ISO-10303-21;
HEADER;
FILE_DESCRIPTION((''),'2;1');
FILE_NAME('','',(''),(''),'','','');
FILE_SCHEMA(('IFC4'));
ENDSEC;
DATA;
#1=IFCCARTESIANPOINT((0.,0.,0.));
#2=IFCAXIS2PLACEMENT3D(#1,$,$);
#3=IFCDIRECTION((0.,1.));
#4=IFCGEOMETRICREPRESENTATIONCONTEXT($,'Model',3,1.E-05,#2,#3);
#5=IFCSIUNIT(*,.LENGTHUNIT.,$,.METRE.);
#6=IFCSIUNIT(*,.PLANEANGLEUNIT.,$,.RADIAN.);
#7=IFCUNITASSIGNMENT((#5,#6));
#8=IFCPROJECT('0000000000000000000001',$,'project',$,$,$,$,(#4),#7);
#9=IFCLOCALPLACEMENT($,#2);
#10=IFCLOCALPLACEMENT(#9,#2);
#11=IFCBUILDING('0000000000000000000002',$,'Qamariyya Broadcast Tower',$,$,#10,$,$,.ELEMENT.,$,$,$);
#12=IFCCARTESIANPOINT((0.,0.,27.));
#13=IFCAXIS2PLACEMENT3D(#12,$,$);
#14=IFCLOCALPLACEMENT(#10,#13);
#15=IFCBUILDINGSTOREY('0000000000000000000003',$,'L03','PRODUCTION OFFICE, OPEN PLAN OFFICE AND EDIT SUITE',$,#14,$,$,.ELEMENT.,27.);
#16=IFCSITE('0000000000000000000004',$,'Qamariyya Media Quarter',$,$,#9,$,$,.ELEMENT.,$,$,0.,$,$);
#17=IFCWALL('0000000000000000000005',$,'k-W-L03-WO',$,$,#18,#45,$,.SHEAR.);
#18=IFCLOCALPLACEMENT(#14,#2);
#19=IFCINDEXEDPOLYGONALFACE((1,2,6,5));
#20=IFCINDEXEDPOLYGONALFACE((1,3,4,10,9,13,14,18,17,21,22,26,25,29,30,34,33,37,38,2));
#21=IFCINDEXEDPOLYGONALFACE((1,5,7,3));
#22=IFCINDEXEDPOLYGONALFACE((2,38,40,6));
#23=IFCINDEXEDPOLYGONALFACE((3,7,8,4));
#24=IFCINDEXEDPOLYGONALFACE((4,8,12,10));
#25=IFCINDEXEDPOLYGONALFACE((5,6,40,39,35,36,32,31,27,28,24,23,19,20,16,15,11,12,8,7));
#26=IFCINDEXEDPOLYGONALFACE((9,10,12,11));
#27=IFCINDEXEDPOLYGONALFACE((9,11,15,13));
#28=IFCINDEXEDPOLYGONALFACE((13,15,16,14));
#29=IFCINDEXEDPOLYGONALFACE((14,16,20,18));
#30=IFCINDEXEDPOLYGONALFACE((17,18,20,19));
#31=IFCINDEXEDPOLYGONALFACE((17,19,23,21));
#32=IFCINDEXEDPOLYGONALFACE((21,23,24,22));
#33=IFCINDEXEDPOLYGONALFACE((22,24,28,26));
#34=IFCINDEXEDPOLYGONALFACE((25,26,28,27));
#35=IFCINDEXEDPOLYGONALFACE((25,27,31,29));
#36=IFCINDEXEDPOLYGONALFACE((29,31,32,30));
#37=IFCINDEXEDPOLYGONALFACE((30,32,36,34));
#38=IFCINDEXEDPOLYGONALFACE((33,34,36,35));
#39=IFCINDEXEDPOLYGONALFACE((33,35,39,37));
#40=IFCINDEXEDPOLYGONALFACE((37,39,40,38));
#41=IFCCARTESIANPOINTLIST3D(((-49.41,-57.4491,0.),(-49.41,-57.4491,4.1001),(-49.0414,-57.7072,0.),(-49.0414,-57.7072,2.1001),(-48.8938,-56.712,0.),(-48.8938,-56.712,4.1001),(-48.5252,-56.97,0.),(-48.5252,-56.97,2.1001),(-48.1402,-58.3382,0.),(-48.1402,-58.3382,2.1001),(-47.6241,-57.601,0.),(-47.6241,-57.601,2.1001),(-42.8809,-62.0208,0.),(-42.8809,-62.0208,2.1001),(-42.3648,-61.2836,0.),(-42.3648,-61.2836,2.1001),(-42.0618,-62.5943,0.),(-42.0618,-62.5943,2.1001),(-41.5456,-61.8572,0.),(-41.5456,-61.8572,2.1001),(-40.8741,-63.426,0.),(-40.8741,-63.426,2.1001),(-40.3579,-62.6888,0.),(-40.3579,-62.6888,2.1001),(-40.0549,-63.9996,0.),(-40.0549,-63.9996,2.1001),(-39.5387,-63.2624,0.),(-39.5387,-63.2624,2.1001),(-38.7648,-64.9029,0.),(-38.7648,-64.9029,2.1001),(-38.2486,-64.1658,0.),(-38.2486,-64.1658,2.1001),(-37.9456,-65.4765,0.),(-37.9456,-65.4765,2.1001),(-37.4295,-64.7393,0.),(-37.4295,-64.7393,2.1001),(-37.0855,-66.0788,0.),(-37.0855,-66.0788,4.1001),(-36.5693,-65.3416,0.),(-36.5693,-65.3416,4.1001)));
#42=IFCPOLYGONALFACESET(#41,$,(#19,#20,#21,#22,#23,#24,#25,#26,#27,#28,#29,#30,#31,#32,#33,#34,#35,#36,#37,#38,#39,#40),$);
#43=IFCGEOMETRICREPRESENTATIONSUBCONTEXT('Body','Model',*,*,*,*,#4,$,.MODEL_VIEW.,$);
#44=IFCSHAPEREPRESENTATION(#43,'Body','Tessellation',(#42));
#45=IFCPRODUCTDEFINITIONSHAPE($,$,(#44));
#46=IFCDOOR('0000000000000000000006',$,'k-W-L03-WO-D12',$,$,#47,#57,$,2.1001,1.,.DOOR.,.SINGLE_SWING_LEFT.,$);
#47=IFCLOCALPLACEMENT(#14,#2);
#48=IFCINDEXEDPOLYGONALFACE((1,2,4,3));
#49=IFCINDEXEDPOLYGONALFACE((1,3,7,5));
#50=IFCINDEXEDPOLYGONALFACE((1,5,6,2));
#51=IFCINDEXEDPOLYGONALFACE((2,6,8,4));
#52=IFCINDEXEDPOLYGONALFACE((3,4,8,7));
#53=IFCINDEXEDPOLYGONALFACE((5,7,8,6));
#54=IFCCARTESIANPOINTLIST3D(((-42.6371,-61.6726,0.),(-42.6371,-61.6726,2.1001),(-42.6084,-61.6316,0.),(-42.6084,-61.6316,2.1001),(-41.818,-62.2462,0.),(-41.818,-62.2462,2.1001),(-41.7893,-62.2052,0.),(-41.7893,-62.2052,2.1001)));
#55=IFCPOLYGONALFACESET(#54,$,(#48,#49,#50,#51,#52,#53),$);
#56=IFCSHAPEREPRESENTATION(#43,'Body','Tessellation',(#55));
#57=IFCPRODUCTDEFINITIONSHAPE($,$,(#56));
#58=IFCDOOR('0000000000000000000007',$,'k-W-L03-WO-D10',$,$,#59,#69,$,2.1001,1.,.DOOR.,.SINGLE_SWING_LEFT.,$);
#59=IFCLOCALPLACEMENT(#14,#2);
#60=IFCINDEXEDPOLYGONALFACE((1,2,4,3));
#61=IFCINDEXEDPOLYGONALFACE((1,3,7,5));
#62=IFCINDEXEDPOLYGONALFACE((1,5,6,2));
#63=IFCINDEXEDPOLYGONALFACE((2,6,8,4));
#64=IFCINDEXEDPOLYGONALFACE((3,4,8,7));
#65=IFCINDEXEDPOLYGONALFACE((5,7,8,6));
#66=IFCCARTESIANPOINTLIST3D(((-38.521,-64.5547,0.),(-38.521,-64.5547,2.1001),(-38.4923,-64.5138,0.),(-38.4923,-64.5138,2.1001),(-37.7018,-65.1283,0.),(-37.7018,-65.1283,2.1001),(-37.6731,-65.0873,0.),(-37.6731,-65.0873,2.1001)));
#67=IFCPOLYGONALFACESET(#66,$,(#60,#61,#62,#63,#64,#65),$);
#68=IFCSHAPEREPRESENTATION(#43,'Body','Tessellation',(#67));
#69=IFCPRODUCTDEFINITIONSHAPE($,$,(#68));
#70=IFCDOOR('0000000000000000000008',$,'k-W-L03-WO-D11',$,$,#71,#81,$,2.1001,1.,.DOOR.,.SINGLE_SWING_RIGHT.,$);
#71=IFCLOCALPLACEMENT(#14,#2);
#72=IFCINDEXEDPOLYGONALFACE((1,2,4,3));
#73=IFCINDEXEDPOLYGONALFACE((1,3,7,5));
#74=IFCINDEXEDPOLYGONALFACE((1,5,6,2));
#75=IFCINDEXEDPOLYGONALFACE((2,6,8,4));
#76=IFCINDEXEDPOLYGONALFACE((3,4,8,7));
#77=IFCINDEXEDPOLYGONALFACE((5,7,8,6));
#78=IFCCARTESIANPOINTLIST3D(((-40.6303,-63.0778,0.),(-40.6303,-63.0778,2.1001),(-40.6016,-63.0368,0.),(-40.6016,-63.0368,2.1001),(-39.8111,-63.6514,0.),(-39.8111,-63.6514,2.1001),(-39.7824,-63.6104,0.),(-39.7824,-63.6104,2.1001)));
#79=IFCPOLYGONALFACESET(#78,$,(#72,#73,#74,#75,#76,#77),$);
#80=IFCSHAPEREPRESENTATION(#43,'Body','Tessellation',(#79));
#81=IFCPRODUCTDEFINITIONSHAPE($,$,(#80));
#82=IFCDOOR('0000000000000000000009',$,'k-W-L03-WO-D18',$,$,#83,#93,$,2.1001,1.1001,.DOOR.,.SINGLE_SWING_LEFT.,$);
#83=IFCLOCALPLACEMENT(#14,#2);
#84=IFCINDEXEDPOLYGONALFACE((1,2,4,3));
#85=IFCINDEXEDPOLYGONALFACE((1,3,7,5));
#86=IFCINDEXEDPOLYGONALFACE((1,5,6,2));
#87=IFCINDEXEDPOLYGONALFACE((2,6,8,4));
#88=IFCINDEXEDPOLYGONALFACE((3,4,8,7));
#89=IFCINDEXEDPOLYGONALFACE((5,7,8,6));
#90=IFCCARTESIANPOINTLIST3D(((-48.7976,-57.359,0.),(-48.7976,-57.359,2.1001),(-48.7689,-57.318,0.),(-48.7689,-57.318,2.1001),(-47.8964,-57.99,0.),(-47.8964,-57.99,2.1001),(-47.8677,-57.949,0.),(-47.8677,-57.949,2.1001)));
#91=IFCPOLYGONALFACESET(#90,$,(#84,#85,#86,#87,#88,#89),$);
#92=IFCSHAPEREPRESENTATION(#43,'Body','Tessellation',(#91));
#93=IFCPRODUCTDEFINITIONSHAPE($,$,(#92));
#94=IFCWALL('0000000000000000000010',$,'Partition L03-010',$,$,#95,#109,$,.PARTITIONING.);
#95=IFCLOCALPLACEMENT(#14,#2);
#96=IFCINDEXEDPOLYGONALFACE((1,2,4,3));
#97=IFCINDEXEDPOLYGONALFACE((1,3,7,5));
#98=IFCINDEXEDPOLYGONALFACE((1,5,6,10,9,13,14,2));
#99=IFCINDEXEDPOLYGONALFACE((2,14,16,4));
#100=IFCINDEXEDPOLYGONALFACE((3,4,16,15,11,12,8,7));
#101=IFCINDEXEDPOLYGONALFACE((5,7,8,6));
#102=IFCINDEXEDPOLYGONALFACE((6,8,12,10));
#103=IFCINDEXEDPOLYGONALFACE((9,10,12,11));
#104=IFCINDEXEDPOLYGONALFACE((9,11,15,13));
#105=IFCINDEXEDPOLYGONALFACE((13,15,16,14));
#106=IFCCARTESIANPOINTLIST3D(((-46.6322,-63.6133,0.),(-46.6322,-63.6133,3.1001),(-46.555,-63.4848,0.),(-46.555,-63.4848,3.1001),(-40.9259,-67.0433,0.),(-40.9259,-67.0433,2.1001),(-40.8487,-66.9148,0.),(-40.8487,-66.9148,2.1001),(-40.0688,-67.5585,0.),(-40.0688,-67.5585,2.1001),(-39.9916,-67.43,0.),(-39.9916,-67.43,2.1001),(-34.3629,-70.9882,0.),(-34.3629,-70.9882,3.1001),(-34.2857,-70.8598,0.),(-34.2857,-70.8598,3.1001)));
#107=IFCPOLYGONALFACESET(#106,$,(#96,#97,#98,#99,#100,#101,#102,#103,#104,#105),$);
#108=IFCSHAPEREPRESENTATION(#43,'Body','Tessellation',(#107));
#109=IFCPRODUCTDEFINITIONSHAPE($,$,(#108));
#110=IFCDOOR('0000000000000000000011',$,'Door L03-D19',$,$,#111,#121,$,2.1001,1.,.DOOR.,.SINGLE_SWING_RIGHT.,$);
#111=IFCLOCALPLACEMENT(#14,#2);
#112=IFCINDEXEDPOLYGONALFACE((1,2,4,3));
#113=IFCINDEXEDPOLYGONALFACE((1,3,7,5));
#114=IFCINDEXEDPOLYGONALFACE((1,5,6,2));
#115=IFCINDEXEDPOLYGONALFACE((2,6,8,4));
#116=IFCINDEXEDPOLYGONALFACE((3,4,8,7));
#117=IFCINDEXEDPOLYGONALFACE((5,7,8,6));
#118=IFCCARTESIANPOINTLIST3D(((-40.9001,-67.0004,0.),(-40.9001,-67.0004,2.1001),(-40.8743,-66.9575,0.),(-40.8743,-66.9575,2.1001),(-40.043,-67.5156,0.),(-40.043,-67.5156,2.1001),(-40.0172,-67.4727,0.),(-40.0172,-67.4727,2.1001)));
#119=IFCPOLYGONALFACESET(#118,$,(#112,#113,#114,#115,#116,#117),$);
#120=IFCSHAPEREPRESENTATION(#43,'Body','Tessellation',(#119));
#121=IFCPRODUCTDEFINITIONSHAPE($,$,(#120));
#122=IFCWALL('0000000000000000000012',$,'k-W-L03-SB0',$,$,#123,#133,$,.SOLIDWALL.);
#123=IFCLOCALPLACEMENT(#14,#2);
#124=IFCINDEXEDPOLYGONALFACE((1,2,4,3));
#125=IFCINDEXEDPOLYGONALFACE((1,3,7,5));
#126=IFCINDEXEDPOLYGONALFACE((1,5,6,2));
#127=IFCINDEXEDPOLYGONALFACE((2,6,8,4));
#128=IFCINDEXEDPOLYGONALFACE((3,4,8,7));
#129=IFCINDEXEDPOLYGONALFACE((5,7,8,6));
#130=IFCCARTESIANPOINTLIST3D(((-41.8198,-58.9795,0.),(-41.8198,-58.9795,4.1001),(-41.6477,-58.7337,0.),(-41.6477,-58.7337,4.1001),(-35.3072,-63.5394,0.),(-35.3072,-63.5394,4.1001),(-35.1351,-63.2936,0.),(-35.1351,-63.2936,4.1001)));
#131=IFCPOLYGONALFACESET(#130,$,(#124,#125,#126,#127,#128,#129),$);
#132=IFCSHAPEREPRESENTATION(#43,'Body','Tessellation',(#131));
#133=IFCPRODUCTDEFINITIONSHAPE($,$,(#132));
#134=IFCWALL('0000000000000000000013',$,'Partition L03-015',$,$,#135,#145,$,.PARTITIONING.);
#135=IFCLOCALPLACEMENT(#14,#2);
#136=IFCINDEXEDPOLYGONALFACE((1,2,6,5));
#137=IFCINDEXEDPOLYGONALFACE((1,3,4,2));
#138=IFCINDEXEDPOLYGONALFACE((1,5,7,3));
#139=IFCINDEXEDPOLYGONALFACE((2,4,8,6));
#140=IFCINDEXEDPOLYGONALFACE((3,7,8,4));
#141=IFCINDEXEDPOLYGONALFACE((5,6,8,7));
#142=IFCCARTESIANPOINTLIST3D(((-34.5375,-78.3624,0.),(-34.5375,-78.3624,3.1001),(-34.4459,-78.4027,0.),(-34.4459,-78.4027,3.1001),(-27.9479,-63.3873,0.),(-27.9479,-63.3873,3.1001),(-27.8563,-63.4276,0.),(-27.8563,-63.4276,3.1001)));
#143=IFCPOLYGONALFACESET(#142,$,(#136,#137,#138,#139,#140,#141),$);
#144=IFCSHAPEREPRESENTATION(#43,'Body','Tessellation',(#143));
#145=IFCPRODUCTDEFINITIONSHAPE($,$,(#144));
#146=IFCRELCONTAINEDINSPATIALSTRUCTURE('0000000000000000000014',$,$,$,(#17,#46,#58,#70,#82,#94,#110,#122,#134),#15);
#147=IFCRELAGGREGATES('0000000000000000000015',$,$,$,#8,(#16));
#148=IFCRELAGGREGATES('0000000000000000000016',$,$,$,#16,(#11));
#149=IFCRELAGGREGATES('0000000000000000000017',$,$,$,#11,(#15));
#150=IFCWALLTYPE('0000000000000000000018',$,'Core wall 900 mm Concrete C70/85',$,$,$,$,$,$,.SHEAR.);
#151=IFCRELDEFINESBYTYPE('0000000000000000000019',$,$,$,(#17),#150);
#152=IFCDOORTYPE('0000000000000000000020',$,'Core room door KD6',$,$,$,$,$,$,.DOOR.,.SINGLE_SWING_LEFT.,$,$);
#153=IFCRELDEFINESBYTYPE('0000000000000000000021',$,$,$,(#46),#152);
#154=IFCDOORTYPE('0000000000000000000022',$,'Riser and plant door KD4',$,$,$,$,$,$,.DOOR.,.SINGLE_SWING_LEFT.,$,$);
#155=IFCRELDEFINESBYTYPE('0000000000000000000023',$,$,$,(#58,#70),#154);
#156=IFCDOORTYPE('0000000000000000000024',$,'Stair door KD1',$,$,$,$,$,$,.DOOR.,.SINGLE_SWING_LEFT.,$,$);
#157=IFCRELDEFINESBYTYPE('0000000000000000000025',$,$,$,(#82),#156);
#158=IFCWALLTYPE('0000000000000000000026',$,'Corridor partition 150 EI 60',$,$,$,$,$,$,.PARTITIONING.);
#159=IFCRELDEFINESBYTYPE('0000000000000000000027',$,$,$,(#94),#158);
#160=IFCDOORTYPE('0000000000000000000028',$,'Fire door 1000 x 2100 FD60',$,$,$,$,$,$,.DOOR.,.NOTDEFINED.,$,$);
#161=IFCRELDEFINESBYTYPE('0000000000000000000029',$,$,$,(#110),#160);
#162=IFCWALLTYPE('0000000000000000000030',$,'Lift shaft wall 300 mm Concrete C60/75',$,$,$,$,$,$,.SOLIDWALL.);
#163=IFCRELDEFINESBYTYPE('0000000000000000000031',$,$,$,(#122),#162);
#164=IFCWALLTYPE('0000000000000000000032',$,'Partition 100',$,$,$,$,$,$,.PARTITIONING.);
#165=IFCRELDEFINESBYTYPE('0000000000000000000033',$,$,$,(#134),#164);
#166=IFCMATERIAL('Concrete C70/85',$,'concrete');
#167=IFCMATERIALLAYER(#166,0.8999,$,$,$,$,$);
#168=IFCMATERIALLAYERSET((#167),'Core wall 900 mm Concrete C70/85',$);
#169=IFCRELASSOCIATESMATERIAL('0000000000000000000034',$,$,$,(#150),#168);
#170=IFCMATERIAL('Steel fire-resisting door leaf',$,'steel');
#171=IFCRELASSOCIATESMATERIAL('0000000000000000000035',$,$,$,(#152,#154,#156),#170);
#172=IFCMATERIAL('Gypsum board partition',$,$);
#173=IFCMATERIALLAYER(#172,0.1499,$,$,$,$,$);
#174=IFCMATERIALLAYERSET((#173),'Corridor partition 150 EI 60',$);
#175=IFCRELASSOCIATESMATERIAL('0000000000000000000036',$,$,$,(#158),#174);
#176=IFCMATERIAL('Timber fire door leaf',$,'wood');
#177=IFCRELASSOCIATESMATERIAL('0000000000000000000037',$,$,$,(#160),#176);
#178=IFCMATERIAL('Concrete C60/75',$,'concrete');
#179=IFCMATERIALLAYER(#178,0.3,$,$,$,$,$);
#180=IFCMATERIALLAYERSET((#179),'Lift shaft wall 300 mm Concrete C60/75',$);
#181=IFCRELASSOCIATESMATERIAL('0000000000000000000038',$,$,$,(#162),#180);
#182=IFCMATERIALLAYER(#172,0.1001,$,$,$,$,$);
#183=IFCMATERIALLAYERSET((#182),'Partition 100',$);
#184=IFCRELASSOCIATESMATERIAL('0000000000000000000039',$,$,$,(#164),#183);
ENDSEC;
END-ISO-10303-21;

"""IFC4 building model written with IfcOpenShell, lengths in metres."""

from ifc_helpers import new_model, si_unit, direction, frame, frame_2d, origin, place, context, subcontext, project, spatial, rectangle, extrude, material, layer, layer_set, type_object, element, fill, save


model = new_model("IFC4")

# Units and contexts
model_context = context("Model", 3, precision=1e-05, world=origin(), true_north=direction((0.0, 1.0)))
body_context = subcontext(model_context, "Body", "Model", "MODEL_VIEW")
ifc_project = project(units=[si_unit("LENGTHUNIT", "METRE"), si_unit("PLANEANGLEUNIT", "RADIAN")], contexts=[model_context])

# Site, building, storey
site_placement = place(None, origin())
site = spatial("IfcSite", under=ifc_project, at=site_placement, Name="Qamariyya Media Quarter", CompositionType="ELEMENT", RefElevation=0.0)
building_placement = place(site_placement, origin())
building = spatial("IfcBuilding", under=site, at=building_placement, Name="Qamariyya Broadcast Tower", CompositionType="ELEMENT")
storey_placement = place(building_placement, frame((0.0, 0.0, 27.0)))
storey = spatial("IfcBuildingStorey", under=building, at=storey_placement, Name="L03", Description="PRODUCTION OFFICE, OPEN PLAN OFFICE AND EDIT SUITE", CompositionType="ELEMENT", Elevation=27.0)

# Shared definitions
ifc_material_1 = material(Name="Concrete C70/85", Category="concrete")

# Shared definitions
ifc_layer_1 = layer(ifc_material_1, 0.8999)
ifc_layer_set_1 = layer_set([ifc_layer_1], Name="Core wall 900 mm Concrete C70/85")
wall_type_1 = type_object("IfcWallType", Name="Core wall 900 mm Concrete C70/85", PredefinedType="SHEAR", material=ifc_layer_set_1)
ifc_material_2 = material(Name="Steel fire-resisting door leaf", Category="steel")

# Wall, openings, doors
wall_1_placement = place(storey_placement, frame((-36.8274, -65.7102, 0.0), z_axis=(0.0, 0.0, 1.0), x_axis=(-0.819153, 0.573575, 0.0)))
wall_1 = element("IfcWall", 1, at=wall_1_placement, inside=storey, type_object=wall_type_1, Name="k-W-L03-WO", PredefinedType="SHEAR", context=body_context, shape_type="SweptSolid", body=[
    extrude(rectangle(XDim=15.0454, YDim=0.8999, at=frame_2d((7.5227, 0.0))), origin(), (0.0, 0.0, 1.0), 4.1001),
])
opening_1_placement = place(wall_1_placement, frame((1.05, 0.0, 0.0)))
opening_1 = element("IfcOpeningElement", 2, at=opening_1_placement, cuts=wall_1, PredefinedType="OPENING", context=body_context, shape_type="SweptSolid", body=[
    extrude(rectangle(XDim=1.0, YDim=2.1001, at=frame_2d((0.5, 1.05))), frame((0.0, 0.46, 0.0), z_axis=(0.0, -1.0, 0.0), x_axis=(1.0, 0.0, 0.0)), (0.0, 0.0, 1.0), 0.9199),
])
opening_2_placement = place(wall_1_placement, frame((3.625, 0.0, 0.0)))
opening_2 = element("IfcOpeningElement", 3, at=opening_2_placement, cuts=wall_1, PredefinedType="OPENING", context=body_context, shape_type="SweptSolid", body=[
    extrude(rectangle(XDim=1.0, YDim=2.1001, at=frame_2d((0.5, 1.05))), frame((0.0, 0.46, 0.0), z_axis=(0.0, -1.0, 0.0), x_axis=(1.0, 0.0, 0.0)), (0.0, 0.0, 1.0), 0.9199),
])
opening_3_placement = place(wall_1_placement, frame((6.075, 0.0, 0.0)))
opening_3 = element("IfcOpeningElement", 4, at=opening_3_placement, cuts=wall_1, PredefinedType="OPENING", context=body_context, shape_type="SweptSolid", body=[
    extrude(rectangle(XDim=1.0, YDim=2.1001, at=frame_2d((0.5, 1.05))), frame((0.0, 0.46, 0.0), z_axis=(0.0, -1.0, 0.0), x_axis=(1.0, 0.0, 0.0)), (0.0, 0.0, 1.0), 0.9199),
])
opening_4_placement = place(wall_1_placement, frame((13.4954, 0.0, 0.0)))
opening_4 = element("IfcOpeningElement", 5, at=opening_4_placement, cuts=wall_1, PredefinedType="OPENING", context=body_context, shape_type="SweptSolid", body=[
    extrude(rectangle(XDim=1.1001, YDim=2.1001, at=frame_2d((0.55, 1.05))), frame((0.0, 0.46, 0.0), z_axis=(0.0, -1.0, 0.0), x_axis=(1.0, 0.0, 0.0)), (0.0, 0.0, 1.0), 0.9199),
])
door_type_1 = type_object("IfcDoorType", Name="Core room door KD6", OperationType="SINGLE_SWING_LEFT", PredefinedType="DOOR", material=ifc_material_2)
door_1_placement = place(opening_3_placement, origin())
door_1 = element("IfcDoor", 6, at=door_1_placement, inside=storey, type_object=door_type_1, Name="k-W-L03-WO-D12", OperationType="SINGLE_SWING_LEFT", OverallHeight=2.1001, OverallWidth=1.0, PredefinedType="DOOR", context=body_context, shape_type="SweptSolid", body=[
    extrude(rectangle(XDim=1.0, YDim=2.1001, at=frame_2d((0.5, 1.05))), frame((0.0, 0.0249, 0.0), z_axis=(0.0, -1.0, 0.0), x_axis=(1.0, 0.0, 0.0)), (0.0, 0.0, 1.0), 0.05),
])
fill(opening_3, door_1)
door_type_2 = type_object("IfcDoorType", Name="Riser and plant door KD4", OperationType="SINGLE_SWING_LEFT", PredefinedType="DOOR", material=ifc_material_2)
door_2_placement = place(opening_1_placement, origin())
door_2 = element("IfcDoor", 7, at=door_2_placement, inside=storey, type_object=door_type_2, Name="k-W-L03-WO-D10", OperationType="SINGLE_SWING_LEFT", OverallHeight=2.1001, OverallWidth=1.0, PredefinedType="DOOR", context=body_context, shape_type="SweptSolid", body=[
    extrude(rectangle(XDim=1.0, YDim=2.1001, at=frame_2d((0.5, 1.05))), frame((0.0, 0.0249, 0.0), z_axis=(0.0, -1.0, 0.0), x_axis=(1.0, 0.0, 0.0)), (0.0, 0.0, 1.0), 0.05),
])
fill(opening_1, door_2)
door_3_placement = place(opening_2_placement, origin())
door_3 = element("IfcDoor", 8, at=door_3_placement, inside=storey, type_object=door_type_2, Name="k-W-L03-WO-D11", OperationType="SINGLE_SWING_RIGHT", OverallHeight=2.1001, OverallWidth=1.0, PredefinedType="DOOR", context=body_context, shape_type="SweptSolid", body=[
    extrude(rectangle(XDim=1.0, YDim=2.1001, at=frame_2d((0.5, 1.05))), frame((0.0, 0.0249, 0.0), z_axis=(0.0, -1.0, 0.0), x_axis=(1.0, 0.0, 0.0)), (0.0, 0.0, 1.0), 0.05),
])
fill(opening_2, door_3)
door_type_3 = type_object("IfcDoorType", Name="Stair door KD1", OperationType="SINGLE_SWING_LEFT", PredefinedType="DOOR", material=ifc_material_2)
door_4_placement = place(opening_4_placement, origin())
door_4 = element("IfcDoor", 9, at=door_4_placement, inside=storey, type_object=door_type_3, Name="k-W-L03-WO-D18", OperationType="SINGLE_SWING_LEFT", OverallHeight=2.1001, OverallWidth=1.1001, PredefinedType="DOOR", context=body_context, shape_type="SweptSolid", body=[
    extrude(rectangle(XDim=1.1001, YDim=2.1001, at=frame_2d((0.55, 1.05))), frame((0.0, 0.0249, 0.0), z_axis=(0.0, -1.0, 0.0), x_axis=(1.0, 0.0, 0.0)), (0.0, 0.0, 1.0), 0.05),
])
fill(opening_4, door_4)

# Wall, opening, door
ifc_material_3 = material(Name="Gypsum board partition")
ifc_layer_2 = layer(ifc_material_3, 0.1499)
ifc_layer_set_2 = layer_set([ifc_layer_2], Name="Corridor partition 150 EI 60")
wall_type_2 = type_object("IfcWallType", Name="Corridor partition 150 EI 60", PredefinedType="PARTITIONING", material=ifc_layer_set_2)
wall_2_placement = place(storey_placement, frame((-34.3242, -70.9241, 0.0), z_axis=(0.0, 0.0, 1.0), x_axis=(-0.857079, 0.515185, 0.0)))
wall_2 = element("IfcWall", 10, at=wall_2_placement, inside=storey, type_object=wall_type_2, Name="Partition L03-010", PredefinedType="PARTITIONING", context=body_context, shape_type="SweptSolid", body=[
    extrude(rectangle(XDim=14.3152, YDim=0.1499, at=frame_2d((7.1577, 0.0))), origin(), (0.0, 0.0, 1.0), 3.1001),
])
opening_5_placement = place(wall_2_placement, frame((6.6575, 0.0, 0.0)))
opening_5 = element("IfcOpeningElement", 11, at=opening_5_placement, cuts=wall_2, PredefinedType="OPENING", context=body_context, shape_type="SweptSolid", body=[
    extrude(rectangle(XDim=1.0, YDim=2.1001, at=frame_2d((0.5, 1.05))), frame((0.0, 0.085, 0.0), z_axis=(0.0, -1.0, 0.0), x_axis=(1.0, 0.0, 0.0)), (0.0, 0.0, 1.0), 0.1699),
])
ifc_material_4 = material(Name="Timber fire door leaf", Category="wood")
door_type_4 = type_object("IfcDoorType", Name="Fire door 1000 x 2100 FD60", OperationType="NOTDEFINED", PredefinedType="DOOR", material=ifc_material_4)
door_5_placement = place(opening_5_placement, origin())
door_5 = element("IfcDoor", 12, at=door_5_placement, inside=storey, type_object=door_type_4, Name="Door L03-D19", OperationType="SINGLE_SWING_RIGHT", OverallHeight=2.1001, OverallWidth=1.0, PredefinedType="DOOR", context=body_context, shape_type="SweptSolid", body=[
    extrude(rectangle(XDim=1.0, YDim=2.1001, at=frame_2d((0.5, 1.05))), frame((0.0, 0.0249, 0.0), z_axis=(0.0, -1.0, 0.0), x_axis=(1.0, 0.0, 0.0)), (0.0, 0.0, 1.0), 0.05),
])
fill(opening_5, door_5)

# Walls
ifc_material_5 = material(Name="Concrete C60/75", Category="concrete")
ifc_layer_3 = layer(ifc_material_5, 0.3)
ifc_layer_set_3 = layer_set([ifc_layer_3], Name="Lift shaft wall 300 mm Concrete C60/75")
wall_type_3 = type_object("IfcWallType", Name="Lift shaft wall 300 mm Concrete C60/75", PredefinedType="SOLIDWALL", material=ifc_layer_set_3)
wall_3_placement = place(storey_placement, frame((-35.2212, -63.4165, 0.0), z_axis=(0.0, 0.0, 1.0), x_axis=(-0.819167, 0.573555, 0.0)))
element("IfcWall", 13, at=wall_3_placement, inside=storey, type_object=wall_type_3, Name="k-W-L03-SB0", PredefinedType="SOLIDWALL", context=body_context, shape_type="SweptSolid", body=[
    extrude(rectangle(XDim=7.9502, YDim=0.3, at=frame_2d((3.9751, 0.0))), origin(), (0.0, 0.0, 1.0), 4.1001),
])
ifc_layer_4 = layer(ifc_material_3, 0.1001)
ifc_layer_set_4 = layer_set([ifc_layer_4], Name="Partition 100")
wall_type_4 = type_object("IfcWallType", Name="Partition 100", PredefinedType="PARTITIONING", material=ifc_layer_set_4)
wall_4_placement = place(storey_placement, frame((-34.4917, -78.3826, 0.0), z_axis=(0.0, 0.0, 1.0), x_axis=(0.402767, 0.915302, 0.0)))
element("IfcWall", 14, at=wall_4_placement, inside=storey, type_object=wall_type_4, Name="Partition L03-015", PredefinedType="PARTITIONING", context=body_context, shape_type="SweptSolid", body=[
    extrude(rectangle(XDim=16.3608, YDim=0.1001, at=frame_2d((8.1804, 0.0))), origin(), (0.0, 0.0, 1.0), 3.1001),
])

save(model, "model.ifc")
